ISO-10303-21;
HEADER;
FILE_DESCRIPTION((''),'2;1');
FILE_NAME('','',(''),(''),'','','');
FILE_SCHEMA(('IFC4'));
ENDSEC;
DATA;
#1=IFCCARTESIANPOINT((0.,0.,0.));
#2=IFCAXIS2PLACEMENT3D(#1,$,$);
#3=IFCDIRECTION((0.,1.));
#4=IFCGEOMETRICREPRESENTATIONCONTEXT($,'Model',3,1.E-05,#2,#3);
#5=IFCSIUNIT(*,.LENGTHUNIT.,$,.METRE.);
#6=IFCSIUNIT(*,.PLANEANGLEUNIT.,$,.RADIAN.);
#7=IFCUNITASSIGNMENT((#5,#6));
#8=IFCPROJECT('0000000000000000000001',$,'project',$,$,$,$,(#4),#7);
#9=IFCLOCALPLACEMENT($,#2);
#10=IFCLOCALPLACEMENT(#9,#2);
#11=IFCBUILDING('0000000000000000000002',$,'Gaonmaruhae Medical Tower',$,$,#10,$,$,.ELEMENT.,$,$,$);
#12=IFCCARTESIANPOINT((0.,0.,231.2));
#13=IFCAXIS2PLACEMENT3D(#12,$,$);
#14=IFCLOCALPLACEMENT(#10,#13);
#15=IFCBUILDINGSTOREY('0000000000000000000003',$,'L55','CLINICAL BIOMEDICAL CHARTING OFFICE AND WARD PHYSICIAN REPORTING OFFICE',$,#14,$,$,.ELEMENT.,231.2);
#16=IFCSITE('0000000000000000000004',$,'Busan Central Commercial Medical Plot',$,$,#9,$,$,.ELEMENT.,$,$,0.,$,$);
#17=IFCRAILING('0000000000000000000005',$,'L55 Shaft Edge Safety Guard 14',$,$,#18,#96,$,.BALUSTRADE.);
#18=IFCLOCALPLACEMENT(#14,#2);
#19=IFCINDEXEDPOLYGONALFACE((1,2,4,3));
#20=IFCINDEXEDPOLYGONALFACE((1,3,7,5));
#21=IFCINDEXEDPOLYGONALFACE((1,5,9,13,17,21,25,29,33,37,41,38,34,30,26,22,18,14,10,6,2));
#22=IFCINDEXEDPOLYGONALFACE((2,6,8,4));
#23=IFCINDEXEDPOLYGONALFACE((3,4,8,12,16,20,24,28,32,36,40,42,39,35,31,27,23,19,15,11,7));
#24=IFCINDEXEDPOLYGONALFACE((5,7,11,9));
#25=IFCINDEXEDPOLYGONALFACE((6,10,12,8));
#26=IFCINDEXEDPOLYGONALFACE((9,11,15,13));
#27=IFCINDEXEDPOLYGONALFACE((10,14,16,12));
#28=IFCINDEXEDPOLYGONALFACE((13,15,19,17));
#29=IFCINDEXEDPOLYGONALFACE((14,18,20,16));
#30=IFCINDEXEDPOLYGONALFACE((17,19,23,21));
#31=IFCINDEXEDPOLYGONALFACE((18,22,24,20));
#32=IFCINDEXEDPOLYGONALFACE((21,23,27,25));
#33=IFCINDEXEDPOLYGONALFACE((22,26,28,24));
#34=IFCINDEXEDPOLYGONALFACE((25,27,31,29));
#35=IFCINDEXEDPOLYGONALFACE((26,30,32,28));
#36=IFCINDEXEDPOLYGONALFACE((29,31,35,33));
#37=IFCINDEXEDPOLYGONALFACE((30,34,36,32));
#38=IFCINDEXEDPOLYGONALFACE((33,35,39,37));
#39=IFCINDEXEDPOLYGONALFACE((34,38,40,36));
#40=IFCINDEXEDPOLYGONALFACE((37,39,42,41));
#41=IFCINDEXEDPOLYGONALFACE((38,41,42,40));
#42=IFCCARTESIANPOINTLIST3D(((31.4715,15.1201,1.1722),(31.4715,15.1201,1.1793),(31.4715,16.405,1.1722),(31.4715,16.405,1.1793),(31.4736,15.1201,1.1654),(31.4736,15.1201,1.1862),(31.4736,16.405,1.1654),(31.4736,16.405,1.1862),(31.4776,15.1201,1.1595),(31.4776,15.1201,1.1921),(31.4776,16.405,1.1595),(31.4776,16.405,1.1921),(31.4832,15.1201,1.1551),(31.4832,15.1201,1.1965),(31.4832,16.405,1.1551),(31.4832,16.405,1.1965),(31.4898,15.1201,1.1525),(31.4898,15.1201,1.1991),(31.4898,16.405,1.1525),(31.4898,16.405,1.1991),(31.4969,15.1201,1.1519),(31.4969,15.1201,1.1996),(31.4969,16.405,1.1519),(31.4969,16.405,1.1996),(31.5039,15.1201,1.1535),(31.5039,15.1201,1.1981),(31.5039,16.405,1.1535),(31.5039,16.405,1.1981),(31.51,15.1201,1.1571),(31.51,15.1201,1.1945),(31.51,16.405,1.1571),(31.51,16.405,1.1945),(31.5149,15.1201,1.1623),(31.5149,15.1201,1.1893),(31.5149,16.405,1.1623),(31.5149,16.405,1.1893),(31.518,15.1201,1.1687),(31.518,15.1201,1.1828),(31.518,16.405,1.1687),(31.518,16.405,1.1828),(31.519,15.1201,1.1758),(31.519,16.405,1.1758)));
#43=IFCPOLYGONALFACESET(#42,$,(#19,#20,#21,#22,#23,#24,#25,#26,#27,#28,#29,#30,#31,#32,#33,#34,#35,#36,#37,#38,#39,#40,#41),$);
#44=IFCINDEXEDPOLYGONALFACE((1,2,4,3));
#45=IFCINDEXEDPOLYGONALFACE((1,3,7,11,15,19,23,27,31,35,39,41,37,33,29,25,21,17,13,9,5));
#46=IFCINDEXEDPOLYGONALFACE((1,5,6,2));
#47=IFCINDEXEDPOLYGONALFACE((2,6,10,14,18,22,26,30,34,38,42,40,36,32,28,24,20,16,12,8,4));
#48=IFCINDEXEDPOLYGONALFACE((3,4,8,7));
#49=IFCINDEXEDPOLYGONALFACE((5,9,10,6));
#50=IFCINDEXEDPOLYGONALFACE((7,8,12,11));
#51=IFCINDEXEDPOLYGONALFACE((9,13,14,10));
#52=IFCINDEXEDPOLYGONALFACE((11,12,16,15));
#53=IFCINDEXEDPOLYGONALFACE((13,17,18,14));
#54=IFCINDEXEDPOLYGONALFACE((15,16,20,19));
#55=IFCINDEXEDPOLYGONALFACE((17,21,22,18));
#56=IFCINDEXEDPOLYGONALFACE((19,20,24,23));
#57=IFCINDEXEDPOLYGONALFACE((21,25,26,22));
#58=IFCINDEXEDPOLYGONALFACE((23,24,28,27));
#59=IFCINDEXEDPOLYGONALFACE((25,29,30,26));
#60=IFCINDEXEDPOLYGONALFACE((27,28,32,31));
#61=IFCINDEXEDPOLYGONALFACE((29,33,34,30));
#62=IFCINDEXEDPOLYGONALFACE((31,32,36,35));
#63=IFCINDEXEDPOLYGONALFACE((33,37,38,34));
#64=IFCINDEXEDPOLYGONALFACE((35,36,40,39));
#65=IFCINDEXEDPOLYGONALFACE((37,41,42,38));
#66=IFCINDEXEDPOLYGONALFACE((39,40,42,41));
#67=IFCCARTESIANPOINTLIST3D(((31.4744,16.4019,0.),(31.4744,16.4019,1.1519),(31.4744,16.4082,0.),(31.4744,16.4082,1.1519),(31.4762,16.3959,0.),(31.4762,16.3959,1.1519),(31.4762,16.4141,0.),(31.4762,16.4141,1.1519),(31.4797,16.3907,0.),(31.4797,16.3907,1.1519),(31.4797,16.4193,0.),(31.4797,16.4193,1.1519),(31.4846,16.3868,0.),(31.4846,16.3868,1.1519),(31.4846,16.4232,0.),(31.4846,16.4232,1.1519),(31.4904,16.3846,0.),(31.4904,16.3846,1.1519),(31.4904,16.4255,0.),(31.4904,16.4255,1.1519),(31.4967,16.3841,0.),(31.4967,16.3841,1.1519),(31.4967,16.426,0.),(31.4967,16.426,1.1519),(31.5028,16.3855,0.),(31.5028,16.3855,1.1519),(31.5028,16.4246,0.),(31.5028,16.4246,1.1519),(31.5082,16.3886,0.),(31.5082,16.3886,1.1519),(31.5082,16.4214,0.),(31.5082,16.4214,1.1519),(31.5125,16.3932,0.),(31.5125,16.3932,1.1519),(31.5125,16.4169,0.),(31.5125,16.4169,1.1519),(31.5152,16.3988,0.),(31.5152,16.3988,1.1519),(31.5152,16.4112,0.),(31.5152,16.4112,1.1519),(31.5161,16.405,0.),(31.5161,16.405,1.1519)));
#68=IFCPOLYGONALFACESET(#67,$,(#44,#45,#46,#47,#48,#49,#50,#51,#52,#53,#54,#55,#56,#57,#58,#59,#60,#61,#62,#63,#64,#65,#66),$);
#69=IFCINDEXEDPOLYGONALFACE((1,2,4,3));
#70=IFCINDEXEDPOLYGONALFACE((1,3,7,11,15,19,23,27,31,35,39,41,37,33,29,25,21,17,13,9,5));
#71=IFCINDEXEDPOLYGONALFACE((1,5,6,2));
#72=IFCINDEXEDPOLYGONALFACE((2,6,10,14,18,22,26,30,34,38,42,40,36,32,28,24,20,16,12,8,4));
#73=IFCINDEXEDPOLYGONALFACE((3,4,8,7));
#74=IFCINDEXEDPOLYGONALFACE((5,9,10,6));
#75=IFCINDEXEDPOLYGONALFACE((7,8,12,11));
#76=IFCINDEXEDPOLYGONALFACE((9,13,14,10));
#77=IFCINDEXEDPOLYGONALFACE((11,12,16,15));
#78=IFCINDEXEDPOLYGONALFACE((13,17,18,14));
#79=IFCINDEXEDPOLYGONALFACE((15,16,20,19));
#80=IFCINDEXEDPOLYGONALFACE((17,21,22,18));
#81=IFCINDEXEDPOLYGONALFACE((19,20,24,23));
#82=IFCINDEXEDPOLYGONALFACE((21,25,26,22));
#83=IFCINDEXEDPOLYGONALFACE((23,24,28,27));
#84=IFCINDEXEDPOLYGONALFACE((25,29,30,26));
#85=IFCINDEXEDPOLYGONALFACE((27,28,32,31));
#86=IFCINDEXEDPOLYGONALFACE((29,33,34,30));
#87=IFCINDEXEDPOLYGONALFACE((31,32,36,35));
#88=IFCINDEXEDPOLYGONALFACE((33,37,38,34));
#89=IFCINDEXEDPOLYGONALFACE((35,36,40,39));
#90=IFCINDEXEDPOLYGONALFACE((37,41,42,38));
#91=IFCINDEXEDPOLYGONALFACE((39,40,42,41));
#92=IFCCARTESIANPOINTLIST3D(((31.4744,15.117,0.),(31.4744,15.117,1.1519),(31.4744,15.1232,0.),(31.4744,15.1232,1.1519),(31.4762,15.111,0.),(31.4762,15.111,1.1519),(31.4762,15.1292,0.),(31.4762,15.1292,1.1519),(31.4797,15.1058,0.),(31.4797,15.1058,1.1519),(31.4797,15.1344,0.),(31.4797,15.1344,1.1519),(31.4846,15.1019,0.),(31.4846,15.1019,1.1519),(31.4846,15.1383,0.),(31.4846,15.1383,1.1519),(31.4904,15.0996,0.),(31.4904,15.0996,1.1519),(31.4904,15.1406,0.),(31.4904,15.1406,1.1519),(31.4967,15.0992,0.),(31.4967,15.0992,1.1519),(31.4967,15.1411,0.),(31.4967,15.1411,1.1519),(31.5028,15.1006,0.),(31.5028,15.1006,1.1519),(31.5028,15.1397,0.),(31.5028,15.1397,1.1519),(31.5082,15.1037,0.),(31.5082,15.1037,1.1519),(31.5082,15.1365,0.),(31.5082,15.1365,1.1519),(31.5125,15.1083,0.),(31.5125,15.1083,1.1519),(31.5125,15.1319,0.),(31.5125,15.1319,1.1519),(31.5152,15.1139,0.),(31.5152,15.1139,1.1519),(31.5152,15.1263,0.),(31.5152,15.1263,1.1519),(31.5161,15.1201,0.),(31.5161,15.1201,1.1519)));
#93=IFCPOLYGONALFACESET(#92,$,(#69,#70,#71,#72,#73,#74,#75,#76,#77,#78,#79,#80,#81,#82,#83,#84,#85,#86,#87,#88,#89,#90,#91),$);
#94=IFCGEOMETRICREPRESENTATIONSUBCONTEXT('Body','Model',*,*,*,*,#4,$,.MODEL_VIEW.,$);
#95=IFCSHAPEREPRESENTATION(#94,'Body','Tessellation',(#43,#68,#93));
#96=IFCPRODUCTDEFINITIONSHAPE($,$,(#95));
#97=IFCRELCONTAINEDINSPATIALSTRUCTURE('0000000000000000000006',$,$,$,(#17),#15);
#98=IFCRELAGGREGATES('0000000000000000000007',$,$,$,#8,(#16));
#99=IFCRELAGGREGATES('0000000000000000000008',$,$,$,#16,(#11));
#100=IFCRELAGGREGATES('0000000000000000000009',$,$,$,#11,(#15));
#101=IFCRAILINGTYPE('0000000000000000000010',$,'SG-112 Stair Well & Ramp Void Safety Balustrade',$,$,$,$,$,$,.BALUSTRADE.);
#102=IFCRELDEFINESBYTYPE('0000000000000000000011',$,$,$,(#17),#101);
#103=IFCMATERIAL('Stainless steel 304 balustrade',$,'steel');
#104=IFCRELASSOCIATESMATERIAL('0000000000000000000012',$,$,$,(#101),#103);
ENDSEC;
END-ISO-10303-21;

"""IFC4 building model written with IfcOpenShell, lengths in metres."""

from ifc_helpers import new_model, si_unit, direction, frame, origin, origin_2d, place, context, subcontext, project, spatial, circle, extrude, material, type_object, element, save


model = new_model("IFC4")

# Units and contexts
model_context = context("Model", 3, precision=1e-05, world=origin(), true_north=direction((0.0, 1.0)))
body_context = subcontext(model_context, "Body", "Model", "MODEL_VIEW")
ifc_project = project(units=[si_unit("LENGTHUNIT", "METRE"), si_unit("PLANEANGLEUNIT", "RADIAN")], contexts=[model_context])

# Site, building, storey
site_placement = place(None, origin())
site = spatial("IfcSite", under=ifc_project, at=site_placement, Name="Busan Central Commercial Medical Plot", CompositionType="ELEMENT", RefElevation=0.0)
building_placement = place(site_placement, origin())
building = spatial("IfcBuilding", under=site, at=building_placement, Name="Gaonmaruhae Medical Tower", CompositionType="ELEMENT")
storey_placement = place(building_placement, frame((0.0, 0.0, 231.2)))
storey = spatial("IfcBuildingStorey", under=building, at=storey_placement, Name="L55", Description="CLINICAL BIOMEDICAL CHARTING OFFICE AND WARD PHYSICIAN REPORTING OFFICE", CompositionType="ELEMENT", Elevation=231.2)

# Railing
ifc_material_1 = material(Name="Stainless steel 304 balustrade", Category="steel")
railing_type_1 = type_object("IfcRailingType", Name="SG-112 Stair Well & Ramp Void Safety Balustrade", PredefinedType="BALUSTRADE", material=ifc_material_1)
railing_1_placement = place(storey_placement, frame((31.4951, 16.405, 0.0)))
element("IfcRailing", 1, at=railing_1_placement, inside=storey, type_object=railing_type_1, Name="L55 Shaft Edge Safety Guard 14", PredefinedType="BALUSTRADE", context=body_context, shape_type="SweptSolid", body=[
    extrude(circle(Radius=0.0239, at=origin_2d()), frame((0.0, 0.0, 1.1758), z_axis=(0.0, -1.0, 0.0), x_axis=(1.0, 0.0, 0.0)), (0.0, 0.0, 1.0), 1.2849),
    extrude(circle(Radius=0.021, at=origin_2d()), origin(), (0.0, 0.0, 1.0), 1.1519),
    extrude(circle(Radius=0.021, at=origin_2d()), frame((0.0, -1.2849, 0.0)), (0.0, 0.0, 1.0), 1.1519),
])

save(model, "model.ifc")
